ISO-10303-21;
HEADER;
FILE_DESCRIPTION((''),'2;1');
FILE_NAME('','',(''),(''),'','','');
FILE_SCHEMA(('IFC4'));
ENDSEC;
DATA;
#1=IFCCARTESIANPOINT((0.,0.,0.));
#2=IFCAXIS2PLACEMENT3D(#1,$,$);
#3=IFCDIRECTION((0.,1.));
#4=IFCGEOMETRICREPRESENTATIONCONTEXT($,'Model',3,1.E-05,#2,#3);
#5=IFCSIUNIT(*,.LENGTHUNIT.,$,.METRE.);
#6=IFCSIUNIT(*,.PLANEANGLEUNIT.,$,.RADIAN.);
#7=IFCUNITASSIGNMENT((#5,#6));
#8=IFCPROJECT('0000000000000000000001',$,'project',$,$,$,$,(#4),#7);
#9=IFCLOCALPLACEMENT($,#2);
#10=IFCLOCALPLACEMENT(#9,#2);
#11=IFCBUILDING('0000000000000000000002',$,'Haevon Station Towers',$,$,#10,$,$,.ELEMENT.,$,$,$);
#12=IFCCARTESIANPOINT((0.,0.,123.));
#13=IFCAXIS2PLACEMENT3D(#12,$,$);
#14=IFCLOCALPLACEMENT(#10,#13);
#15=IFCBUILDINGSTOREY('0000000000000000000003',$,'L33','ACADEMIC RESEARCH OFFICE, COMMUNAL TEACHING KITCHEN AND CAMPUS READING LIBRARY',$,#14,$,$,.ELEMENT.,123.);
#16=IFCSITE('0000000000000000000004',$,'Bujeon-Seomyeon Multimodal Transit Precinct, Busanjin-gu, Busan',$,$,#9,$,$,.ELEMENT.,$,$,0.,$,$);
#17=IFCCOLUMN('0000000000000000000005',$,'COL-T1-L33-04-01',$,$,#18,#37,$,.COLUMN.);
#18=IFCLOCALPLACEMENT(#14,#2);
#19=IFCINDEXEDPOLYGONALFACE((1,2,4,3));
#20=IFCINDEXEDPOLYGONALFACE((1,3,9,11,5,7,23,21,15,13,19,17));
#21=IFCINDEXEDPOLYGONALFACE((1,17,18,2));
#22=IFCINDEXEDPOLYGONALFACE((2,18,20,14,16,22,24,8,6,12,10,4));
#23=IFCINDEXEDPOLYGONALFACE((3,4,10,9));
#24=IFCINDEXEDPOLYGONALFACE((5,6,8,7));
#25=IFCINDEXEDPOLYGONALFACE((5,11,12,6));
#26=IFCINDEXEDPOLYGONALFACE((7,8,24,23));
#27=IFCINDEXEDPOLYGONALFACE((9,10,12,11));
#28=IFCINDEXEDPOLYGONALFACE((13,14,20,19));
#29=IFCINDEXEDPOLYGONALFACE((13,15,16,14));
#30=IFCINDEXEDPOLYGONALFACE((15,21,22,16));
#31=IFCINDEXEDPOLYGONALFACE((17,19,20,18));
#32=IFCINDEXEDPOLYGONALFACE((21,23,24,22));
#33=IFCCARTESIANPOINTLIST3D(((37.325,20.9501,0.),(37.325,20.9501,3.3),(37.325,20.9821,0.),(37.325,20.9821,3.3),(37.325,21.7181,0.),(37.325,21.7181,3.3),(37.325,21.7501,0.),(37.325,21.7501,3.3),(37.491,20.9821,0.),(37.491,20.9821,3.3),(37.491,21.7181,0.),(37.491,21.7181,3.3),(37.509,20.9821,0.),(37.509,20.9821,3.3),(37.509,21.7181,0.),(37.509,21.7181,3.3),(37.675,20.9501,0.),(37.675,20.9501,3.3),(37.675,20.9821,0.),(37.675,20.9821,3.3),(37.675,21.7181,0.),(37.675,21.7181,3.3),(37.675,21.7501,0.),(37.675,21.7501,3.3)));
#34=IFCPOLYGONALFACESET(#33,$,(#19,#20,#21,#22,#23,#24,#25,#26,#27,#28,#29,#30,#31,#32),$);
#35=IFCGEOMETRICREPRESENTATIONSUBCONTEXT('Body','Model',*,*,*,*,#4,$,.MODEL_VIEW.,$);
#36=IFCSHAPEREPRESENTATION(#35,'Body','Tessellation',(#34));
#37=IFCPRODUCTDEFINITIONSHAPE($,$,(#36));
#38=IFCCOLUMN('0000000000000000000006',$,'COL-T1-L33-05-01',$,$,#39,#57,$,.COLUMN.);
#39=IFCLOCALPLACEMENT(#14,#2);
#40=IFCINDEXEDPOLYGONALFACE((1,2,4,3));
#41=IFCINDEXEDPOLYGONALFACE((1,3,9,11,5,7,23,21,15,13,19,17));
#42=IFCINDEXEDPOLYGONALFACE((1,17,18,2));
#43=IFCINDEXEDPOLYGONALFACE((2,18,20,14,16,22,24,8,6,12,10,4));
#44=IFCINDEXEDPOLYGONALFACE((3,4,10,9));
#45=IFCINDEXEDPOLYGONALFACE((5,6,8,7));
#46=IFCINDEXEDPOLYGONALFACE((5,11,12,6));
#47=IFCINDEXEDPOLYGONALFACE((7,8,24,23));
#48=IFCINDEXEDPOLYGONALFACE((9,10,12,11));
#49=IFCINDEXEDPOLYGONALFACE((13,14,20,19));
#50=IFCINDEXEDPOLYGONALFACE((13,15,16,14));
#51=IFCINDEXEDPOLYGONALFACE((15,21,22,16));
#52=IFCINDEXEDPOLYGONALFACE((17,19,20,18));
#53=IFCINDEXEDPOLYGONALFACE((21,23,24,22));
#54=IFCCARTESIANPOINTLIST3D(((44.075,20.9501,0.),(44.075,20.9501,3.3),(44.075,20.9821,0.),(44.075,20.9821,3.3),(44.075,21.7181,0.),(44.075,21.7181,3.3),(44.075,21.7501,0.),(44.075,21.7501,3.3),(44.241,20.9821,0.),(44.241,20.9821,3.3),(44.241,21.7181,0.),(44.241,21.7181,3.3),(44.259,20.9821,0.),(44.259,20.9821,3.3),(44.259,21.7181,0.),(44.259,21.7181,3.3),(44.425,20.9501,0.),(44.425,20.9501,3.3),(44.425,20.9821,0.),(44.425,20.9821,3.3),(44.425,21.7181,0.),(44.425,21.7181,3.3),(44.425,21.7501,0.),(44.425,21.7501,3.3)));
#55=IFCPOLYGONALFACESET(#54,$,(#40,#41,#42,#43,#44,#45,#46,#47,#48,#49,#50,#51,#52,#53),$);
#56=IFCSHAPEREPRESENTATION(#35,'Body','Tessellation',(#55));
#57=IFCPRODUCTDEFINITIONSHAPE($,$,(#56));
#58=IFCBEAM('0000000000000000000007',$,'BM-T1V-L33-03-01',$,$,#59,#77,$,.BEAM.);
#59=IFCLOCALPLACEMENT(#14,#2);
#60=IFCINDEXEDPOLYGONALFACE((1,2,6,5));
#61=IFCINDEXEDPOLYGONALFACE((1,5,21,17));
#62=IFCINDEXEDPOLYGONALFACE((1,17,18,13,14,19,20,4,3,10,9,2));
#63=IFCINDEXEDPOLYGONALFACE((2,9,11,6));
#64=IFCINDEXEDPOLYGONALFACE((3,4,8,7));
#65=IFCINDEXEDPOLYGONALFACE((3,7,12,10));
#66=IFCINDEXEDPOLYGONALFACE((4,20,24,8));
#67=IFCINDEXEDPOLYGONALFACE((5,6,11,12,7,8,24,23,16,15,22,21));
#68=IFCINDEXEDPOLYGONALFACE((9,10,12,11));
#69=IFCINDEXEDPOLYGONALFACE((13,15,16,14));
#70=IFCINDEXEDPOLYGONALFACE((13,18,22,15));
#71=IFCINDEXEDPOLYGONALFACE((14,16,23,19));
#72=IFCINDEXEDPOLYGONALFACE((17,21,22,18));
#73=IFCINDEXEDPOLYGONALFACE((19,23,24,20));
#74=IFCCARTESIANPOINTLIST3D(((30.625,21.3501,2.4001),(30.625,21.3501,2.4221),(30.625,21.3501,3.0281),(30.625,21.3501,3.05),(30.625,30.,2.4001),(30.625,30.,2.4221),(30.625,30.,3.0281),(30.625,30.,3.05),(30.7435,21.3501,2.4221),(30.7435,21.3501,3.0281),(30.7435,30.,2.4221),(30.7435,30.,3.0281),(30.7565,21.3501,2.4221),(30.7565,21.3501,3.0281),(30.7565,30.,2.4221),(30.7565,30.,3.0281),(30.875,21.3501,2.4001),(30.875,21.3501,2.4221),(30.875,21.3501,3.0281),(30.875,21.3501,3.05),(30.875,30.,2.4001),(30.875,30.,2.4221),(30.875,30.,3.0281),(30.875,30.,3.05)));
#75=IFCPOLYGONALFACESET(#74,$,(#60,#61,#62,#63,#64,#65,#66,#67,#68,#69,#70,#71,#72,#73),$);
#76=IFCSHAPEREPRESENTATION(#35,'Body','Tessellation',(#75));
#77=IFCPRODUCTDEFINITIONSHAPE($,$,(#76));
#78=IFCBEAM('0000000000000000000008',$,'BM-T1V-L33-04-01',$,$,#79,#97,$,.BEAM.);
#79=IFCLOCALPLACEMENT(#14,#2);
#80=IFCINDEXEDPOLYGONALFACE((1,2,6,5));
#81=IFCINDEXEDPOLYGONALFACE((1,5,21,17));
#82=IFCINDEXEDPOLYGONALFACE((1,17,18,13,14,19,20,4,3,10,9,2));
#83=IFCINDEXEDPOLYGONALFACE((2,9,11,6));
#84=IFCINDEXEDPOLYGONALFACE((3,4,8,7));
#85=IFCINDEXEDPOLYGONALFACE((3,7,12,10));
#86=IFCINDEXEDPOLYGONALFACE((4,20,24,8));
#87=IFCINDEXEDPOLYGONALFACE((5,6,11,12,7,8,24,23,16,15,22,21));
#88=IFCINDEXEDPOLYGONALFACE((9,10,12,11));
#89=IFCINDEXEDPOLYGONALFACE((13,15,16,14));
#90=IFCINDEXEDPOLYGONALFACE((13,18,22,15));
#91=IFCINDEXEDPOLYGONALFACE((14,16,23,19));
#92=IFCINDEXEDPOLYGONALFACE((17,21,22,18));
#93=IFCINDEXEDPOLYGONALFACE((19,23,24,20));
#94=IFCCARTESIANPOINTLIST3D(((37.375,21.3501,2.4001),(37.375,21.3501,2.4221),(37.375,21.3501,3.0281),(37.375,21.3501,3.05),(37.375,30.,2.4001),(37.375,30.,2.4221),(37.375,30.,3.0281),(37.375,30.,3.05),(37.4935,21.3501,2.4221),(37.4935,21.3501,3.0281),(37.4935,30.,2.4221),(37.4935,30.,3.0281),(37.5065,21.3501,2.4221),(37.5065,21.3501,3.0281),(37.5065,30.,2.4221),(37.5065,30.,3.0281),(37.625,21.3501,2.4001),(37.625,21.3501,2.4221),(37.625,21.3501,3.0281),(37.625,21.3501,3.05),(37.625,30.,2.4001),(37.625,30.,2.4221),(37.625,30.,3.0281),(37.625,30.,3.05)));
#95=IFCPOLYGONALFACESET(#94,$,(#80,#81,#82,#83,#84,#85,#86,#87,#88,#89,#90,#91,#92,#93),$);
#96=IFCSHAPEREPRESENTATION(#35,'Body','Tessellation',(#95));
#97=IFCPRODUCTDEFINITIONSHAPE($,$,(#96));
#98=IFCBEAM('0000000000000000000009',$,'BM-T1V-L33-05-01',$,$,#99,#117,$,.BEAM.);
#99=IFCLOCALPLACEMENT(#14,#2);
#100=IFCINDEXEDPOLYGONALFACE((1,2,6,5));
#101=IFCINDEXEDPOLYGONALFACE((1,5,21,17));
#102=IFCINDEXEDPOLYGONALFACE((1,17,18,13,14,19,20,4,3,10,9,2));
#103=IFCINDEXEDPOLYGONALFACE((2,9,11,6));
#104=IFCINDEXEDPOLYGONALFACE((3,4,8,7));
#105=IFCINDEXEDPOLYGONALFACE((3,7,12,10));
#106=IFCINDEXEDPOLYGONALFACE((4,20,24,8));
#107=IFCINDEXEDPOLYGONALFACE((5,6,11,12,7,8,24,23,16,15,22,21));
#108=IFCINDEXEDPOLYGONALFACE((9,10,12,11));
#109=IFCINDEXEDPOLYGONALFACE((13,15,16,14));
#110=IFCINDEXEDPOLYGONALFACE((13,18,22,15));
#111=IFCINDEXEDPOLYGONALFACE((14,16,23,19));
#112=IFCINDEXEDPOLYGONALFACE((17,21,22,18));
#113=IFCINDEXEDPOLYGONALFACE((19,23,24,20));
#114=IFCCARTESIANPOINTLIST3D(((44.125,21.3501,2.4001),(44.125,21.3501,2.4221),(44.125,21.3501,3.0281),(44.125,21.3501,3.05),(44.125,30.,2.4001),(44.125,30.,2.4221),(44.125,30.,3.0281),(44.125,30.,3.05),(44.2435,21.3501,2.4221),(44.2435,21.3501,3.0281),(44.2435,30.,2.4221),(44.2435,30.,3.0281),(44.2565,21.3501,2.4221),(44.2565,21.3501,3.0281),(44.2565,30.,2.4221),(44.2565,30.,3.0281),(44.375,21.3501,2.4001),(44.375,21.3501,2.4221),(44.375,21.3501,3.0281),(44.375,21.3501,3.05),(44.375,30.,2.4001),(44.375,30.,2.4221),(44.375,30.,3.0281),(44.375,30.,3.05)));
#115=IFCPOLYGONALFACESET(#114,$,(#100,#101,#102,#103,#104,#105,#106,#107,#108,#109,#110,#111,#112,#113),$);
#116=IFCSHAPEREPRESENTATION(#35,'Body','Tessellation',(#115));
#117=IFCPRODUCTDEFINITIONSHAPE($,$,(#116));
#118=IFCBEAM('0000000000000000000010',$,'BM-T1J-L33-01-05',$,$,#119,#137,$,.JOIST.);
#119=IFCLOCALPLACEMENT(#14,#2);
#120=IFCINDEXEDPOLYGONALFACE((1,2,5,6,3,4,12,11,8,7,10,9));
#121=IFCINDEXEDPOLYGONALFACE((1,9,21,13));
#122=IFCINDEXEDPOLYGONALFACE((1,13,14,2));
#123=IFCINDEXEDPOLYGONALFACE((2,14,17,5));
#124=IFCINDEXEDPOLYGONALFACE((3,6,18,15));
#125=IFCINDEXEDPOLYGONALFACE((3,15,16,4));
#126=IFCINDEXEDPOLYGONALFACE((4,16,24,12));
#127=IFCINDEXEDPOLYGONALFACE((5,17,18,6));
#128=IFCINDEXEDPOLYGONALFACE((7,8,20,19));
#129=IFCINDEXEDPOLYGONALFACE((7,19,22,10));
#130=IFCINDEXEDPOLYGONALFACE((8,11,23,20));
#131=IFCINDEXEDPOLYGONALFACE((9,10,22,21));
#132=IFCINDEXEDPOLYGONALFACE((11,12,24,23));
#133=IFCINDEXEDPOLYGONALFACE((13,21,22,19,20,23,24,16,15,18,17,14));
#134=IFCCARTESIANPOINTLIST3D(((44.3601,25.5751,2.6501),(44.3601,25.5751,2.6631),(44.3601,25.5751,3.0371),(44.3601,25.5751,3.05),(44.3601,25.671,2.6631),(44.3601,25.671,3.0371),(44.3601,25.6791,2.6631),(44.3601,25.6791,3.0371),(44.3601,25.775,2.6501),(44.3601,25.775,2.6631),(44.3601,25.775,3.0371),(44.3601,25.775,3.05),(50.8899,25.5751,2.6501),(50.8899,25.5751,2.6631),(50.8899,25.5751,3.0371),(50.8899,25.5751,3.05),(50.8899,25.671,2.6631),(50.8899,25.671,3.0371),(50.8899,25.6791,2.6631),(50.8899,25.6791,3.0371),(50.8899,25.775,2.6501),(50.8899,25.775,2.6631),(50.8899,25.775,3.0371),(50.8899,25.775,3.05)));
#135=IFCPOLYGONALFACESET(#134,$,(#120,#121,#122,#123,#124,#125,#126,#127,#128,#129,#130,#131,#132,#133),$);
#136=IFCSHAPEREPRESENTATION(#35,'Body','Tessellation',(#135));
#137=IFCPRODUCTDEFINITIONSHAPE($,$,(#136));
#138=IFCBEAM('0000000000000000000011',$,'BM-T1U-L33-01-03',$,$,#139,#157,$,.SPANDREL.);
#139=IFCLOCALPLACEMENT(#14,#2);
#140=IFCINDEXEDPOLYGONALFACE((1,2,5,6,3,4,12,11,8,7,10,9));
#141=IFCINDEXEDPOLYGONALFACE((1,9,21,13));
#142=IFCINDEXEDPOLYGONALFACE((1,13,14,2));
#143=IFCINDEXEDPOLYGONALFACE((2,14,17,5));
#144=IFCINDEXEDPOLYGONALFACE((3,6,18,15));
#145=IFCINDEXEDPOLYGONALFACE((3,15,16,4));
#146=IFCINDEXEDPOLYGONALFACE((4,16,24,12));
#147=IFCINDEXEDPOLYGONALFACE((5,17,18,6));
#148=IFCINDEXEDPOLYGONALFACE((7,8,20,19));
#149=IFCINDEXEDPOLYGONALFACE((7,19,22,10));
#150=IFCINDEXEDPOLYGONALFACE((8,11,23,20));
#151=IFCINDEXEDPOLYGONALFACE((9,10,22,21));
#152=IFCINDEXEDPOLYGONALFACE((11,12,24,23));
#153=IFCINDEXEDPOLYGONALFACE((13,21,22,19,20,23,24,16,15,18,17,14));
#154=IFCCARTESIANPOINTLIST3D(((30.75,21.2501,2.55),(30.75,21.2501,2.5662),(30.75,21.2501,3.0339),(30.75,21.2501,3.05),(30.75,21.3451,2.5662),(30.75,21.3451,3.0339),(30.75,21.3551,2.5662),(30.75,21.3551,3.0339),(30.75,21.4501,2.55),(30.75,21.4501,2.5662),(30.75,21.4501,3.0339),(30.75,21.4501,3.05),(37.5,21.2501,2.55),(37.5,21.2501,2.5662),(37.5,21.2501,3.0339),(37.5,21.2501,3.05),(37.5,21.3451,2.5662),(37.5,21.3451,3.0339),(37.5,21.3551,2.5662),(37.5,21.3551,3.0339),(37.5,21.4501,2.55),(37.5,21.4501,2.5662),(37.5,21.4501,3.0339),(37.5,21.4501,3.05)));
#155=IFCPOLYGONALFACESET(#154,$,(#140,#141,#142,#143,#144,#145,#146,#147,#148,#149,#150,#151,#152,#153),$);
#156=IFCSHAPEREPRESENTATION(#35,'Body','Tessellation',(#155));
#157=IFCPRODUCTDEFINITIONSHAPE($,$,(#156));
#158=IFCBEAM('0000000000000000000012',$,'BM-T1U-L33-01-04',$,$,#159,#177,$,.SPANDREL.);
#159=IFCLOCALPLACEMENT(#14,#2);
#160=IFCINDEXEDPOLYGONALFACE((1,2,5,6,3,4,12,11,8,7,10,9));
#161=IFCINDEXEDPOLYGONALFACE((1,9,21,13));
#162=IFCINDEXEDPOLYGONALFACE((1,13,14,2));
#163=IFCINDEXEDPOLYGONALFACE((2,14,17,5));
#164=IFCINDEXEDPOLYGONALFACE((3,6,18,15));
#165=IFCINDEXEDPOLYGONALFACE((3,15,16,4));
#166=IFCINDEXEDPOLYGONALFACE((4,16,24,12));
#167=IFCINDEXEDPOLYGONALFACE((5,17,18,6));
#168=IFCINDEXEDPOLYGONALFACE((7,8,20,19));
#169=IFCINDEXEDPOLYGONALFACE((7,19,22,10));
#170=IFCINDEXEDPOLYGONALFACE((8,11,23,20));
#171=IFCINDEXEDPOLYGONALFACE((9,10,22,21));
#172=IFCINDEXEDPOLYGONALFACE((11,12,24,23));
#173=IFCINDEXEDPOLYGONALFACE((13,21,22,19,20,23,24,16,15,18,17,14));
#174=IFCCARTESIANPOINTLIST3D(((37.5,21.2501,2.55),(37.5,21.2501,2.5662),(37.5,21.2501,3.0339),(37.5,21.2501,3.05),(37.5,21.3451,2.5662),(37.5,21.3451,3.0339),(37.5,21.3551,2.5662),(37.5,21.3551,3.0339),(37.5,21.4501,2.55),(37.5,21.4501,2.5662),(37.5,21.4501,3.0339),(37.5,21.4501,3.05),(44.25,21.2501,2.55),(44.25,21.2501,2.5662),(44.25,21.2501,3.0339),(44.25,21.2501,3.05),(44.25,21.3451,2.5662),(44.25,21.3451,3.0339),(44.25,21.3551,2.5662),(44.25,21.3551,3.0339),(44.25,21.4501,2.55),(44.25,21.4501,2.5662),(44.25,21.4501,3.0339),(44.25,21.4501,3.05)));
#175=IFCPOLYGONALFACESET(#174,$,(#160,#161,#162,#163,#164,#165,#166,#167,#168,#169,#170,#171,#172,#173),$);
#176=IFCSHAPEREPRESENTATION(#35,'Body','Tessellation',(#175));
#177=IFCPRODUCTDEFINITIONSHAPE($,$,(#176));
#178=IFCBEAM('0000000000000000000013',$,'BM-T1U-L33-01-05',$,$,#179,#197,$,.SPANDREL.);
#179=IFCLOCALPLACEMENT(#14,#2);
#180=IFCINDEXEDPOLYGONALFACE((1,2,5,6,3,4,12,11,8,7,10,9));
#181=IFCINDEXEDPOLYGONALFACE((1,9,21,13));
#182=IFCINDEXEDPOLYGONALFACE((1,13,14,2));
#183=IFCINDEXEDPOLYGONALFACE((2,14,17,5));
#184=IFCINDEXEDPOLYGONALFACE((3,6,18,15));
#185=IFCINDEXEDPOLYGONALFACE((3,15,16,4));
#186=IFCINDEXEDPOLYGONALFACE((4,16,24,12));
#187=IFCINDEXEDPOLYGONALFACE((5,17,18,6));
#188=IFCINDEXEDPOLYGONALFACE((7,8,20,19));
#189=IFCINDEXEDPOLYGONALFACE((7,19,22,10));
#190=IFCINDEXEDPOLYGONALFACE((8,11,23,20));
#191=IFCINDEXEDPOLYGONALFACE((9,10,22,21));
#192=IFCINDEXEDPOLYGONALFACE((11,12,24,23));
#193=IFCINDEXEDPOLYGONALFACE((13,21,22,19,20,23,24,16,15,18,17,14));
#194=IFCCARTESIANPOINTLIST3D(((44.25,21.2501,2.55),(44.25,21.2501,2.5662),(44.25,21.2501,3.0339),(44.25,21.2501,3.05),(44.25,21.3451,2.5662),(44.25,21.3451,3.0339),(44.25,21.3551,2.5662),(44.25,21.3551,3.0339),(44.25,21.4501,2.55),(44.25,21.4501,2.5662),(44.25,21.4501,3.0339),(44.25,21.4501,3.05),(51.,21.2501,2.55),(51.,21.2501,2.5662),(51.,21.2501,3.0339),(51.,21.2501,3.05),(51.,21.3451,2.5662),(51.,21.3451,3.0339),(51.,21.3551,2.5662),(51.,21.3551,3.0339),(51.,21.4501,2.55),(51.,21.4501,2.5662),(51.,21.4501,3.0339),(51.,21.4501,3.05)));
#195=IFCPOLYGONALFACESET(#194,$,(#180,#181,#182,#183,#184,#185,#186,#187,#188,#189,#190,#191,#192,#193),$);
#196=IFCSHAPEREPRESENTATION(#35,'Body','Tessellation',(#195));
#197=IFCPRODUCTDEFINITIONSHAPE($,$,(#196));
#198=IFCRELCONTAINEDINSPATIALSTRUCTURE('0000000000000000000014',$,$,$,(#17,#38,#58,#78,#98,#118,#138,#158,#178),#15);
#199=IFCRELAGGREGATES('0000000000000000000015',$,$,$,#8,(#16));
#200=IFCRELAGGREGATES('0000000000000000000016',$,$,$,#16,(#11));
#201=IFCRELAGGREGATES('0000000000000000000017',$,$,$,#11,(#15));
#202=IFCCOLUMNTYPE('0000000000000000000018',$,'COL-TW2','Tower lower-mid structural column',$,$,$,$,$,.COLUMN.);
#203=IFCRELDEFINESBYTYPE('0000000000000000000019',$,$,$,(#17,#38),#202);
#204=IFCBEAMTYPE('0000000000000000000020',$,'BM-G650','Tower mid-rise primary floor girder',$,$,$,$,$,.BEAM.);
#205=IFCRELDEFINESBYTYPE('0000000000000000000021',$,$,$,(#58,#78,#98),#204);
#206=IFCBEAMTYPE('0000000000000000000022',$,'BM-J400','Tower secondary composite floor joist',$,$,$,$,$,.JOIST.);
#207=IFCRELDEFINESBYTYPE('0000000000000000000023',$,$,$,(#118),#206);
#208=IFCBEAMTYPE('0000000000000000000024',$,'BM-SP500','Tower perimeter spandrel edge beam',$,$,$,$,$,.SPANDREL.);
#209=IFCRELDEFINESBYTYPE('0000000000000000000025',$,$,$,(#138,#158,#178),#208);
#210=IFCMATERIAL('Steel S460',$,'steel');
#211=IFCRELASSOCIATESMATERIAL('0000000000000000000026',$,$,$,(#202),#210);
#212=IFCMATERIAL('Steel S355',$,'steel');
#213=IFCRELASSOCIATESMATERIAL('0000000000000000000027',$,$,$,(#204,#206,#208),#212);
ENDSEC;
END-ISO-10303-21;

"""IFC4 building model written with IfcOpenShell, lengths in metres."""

from ifc_helpers import new_model, si_unit, direction, frame, origin, origin_2d, place, context, subcontext, project, spatial, i_section, extrude, material, material_profile, profile_set, type_object, element, save


model = new_model("IFC4")

# Units and contexts
model_context = context("Model", 3, precision=1e-05, world=origin(), true_north=direction((0.0, 1.0)))
body_context = subcontext(model_context, "Body", "Model", "MODEL_VIEW")
ifc_project = project(units=[si_unit("LENGTHUNIT", "METRE"), si_unit("PLANEANGLEUNIT", "RADIAN")], contexts=[model_context])

# Site, building, storey
site_placement = place(None, origin())
site = spatial("IfcSite", under=ifc_project, at=site_placement, Name="Bujeon-Seomyeon Multimodal Transit Precinct, Busanjin-gu, Busan", CompositionType="ELEMENT", RefElevation=0.0)
building_placement = place(site_placement, origin())
building = spatial("IfcBuilding", under=site, at=building_placement, Name="Haevon Station Towers", CompositionType="ELEMENT")
storey_placement = place(building_placement, frame((0.0, 0.0, 123.0)))
storey = spatial("IfcBuildingStorey", under=building, at=storey_placement, Name="L33", Description="ACADEMIC RESEARCH OFFICE, COMMUNAL TEACHING KITCHEN AND CAMPUS READING LIBRARY", CompositionType="ELEMENT", Elevation=123.0)

# Columns
ifc_material_1 = material(Name="Steel S460", Category="steel")
ifc_material_profile_1 = material_profile(ifc_material_1, i_section(OverallWidth=0.3501, OverallDepth=0.8, WebThickness=0.0181, FlangeThickness=0.032, at=origin_2d()), Name="H-800x350x18x32")
ifc_profile_set_1 = profile_set([ifc_material_profile_1], Name="Steel S460")
column_type = type_object("IfcColumnType", Name="COL-TW2", Description="Tower lower-mid structural column", PredefinedType="COLUMN", material=ifc_profile_set_1)
for number, where, z_axis, x_axis, name in (
    (1, (37.5, 21.3501, 0.0), (0.0, 0.0, 1.0), (1.0, 0.0, 0.0), "COL-T1-L33-04-01"),
    (2, (44.25, 21.3501, 0.0), (0.0, 0.0, 1.0), (1.0, 0.0, 0.0), "COL-T1-L33-05-01"),
):
    element("IfcColumn", number, at=place(storey_placement, frame(where, z_axis=z_axis, x_axis=x_axis)), inside=storey, type_object=column_type, Name=name, PredefinedType="COLUMN", context=body_context, shape_type="SweptSolid", body=[
        extrude(i_section(OverallWidth=0.3501, OverallDepth=0.8, WebThickness=0.0181, FlangeThickness=0.032, at=origin_2d()), origin(), (0.0, 0.0, 1.0), 3.3),
    ])

# Beams
ifc_material_2 = material(Name="Steel S355", Category="steel")
ifc_material_profile_2 = material_profile(ifc_material_2, i_section(OverallWidth=0.25, OverallDepth=0.6499, WebThickness=0.0129, FlangeThickness=0.022, at=origin_2d()), Name="H-650x250x13x22")
ifc_profile_set_2 = profile_set([ifc_material_profile_2], Name="Steel S355")
beam_type_1 = type_object("IfcBeamType", Name="BM-G650", Description="Tower mid-rise primary floor girder", PredefinedType="BEAM", material=ifc_profile_set_2)
for number, where, z_axis, x_axis, name in (
    (3, (30.75, 21.3501, 2.7251), (0.0, 1.0, 0.0), (-1.0, 0.0, 0.0), "BM-T1V-L33-03-01"),
    (4, (37.5, 21.3501, 2.7251), (0.0, 1.0, 0.0), (-1.0, 0.0, 0.0), "BM-T1V-L33-04-01"),
    (5, (44.25, 21.3501, 2.7251), (0.0, 1.0, 0.0), (-1.0, 0.0, 0.0), "BM-T1V-L33-05-01"),
):
    element("IfcBeam", number, at=place(storey_placement, frame(where, z_axis=z_axis, x_axis=x_axis)), inside=storey, type_object=beam_type_1, Name=name, PredefinedType="BEAM", context=body_context, shape_type="SweptSolid", body=[
        extrude(i_section(OverallWidth=0.25, OverallDepth=0.6499, WebThickness=0.0129, FlangeThickness=0.022, at=origin_2d()), origin(), (0.0, 0.0, 1.0), 8.6499),
    ])
ifc_material_profile_3 = material_profile(ifc_material_2, i_section(OverallWidth=0.2, OverallDepth=0.3999, WebThickness=0.0081, FlangeThickness=0.0129, at=origin_2d()), Name="H-400x200x8x13")
ifc_profile_set_3 = profile_set([ifc_material_profile_3], Name="Steel S355")
beam_type_2 = type_object("IfcBeamType", Name="BM-J400", Description="Tower secondary composite floor joist", PredefinedType="JOIST", material=ifc_profile_set_3)
beam_placement = place(storey_placement, frame((44.3601, 25.675, 2.8501), z_axis=(1.0, 0.0, 0.0), x_axis=(0.0, 1.0, 0.0)))
element("IfcBeam", 6, at=beam_placement, inside=storey, type_object=beam_type_2, Name="BM-T1J-L33-01-05", PredefinedType="JOIST", context=body_context, shape_type="SweptSolid", body=[
    extrude(i_section(OverallWidth=0.2, OverallDepth=0.3999, WebThickness=0.0081, FlangeThickness=0.0129, at=origin_2d()), origin(), (0.0, 0.0, 1.0), 6.5298),
])
ifc_material_profile_4 = material_profile(ifc_material_2, i_section(OverallWidth=0.2, OverallDepth=0.5, WebThickness=0.01, FlangeThickness=0.0161, at=origin_2d()), Name="H-500x200x10x16")
ifc_profile_set_4 = profile_set([ifc_material_profile_4], Name="Steel S355")
beam_type_3 = type_object("IfcBeamType", Name="BM-SP500", Description="Tower perimeter spandrel edge beam", PredefinedType="SPANDREL", material=ifc_profile_set_4)
for number, where, z_axis, x_axis, name in (
    (7, (30.75, 21.3501, 2.8), (1.0, 0.0, 0.0), (0.0, 1.0, 0.0), "BM-T1U-L33-01-03"),
    (8, (37.5, 21.3501, 2.8), (1.0, 0.0, 0.0), (0.0, 1.0, 0.0), "BM-T1U-L33-01-04"),
    (9, (44.25, 21.3501, 2.8), (1.0, 0.0, 0.0), (0.0, 1.0, 0.0), "BM-T1U-L33-01-05"),
):
    element("IfcBeam", number, at=place(storey_placement, frame(where, z_axis=z_axis, x_axis=x_axis)), inside=storey, type_object=beam_type_3, Name=name, PredefinedType="SPANDREL", context=body_context, shape_type="SweptSolid", body=[
        extrude(i_section(OverallWidth=0.2, OverallDepth=0.5, WebThickness=0.01, FlangeThickness=0.0161, at=origin_2d()), origin(), (0.0, 0.0, 1.0), 6.75),
    ])

save(model, "model.ifc")
